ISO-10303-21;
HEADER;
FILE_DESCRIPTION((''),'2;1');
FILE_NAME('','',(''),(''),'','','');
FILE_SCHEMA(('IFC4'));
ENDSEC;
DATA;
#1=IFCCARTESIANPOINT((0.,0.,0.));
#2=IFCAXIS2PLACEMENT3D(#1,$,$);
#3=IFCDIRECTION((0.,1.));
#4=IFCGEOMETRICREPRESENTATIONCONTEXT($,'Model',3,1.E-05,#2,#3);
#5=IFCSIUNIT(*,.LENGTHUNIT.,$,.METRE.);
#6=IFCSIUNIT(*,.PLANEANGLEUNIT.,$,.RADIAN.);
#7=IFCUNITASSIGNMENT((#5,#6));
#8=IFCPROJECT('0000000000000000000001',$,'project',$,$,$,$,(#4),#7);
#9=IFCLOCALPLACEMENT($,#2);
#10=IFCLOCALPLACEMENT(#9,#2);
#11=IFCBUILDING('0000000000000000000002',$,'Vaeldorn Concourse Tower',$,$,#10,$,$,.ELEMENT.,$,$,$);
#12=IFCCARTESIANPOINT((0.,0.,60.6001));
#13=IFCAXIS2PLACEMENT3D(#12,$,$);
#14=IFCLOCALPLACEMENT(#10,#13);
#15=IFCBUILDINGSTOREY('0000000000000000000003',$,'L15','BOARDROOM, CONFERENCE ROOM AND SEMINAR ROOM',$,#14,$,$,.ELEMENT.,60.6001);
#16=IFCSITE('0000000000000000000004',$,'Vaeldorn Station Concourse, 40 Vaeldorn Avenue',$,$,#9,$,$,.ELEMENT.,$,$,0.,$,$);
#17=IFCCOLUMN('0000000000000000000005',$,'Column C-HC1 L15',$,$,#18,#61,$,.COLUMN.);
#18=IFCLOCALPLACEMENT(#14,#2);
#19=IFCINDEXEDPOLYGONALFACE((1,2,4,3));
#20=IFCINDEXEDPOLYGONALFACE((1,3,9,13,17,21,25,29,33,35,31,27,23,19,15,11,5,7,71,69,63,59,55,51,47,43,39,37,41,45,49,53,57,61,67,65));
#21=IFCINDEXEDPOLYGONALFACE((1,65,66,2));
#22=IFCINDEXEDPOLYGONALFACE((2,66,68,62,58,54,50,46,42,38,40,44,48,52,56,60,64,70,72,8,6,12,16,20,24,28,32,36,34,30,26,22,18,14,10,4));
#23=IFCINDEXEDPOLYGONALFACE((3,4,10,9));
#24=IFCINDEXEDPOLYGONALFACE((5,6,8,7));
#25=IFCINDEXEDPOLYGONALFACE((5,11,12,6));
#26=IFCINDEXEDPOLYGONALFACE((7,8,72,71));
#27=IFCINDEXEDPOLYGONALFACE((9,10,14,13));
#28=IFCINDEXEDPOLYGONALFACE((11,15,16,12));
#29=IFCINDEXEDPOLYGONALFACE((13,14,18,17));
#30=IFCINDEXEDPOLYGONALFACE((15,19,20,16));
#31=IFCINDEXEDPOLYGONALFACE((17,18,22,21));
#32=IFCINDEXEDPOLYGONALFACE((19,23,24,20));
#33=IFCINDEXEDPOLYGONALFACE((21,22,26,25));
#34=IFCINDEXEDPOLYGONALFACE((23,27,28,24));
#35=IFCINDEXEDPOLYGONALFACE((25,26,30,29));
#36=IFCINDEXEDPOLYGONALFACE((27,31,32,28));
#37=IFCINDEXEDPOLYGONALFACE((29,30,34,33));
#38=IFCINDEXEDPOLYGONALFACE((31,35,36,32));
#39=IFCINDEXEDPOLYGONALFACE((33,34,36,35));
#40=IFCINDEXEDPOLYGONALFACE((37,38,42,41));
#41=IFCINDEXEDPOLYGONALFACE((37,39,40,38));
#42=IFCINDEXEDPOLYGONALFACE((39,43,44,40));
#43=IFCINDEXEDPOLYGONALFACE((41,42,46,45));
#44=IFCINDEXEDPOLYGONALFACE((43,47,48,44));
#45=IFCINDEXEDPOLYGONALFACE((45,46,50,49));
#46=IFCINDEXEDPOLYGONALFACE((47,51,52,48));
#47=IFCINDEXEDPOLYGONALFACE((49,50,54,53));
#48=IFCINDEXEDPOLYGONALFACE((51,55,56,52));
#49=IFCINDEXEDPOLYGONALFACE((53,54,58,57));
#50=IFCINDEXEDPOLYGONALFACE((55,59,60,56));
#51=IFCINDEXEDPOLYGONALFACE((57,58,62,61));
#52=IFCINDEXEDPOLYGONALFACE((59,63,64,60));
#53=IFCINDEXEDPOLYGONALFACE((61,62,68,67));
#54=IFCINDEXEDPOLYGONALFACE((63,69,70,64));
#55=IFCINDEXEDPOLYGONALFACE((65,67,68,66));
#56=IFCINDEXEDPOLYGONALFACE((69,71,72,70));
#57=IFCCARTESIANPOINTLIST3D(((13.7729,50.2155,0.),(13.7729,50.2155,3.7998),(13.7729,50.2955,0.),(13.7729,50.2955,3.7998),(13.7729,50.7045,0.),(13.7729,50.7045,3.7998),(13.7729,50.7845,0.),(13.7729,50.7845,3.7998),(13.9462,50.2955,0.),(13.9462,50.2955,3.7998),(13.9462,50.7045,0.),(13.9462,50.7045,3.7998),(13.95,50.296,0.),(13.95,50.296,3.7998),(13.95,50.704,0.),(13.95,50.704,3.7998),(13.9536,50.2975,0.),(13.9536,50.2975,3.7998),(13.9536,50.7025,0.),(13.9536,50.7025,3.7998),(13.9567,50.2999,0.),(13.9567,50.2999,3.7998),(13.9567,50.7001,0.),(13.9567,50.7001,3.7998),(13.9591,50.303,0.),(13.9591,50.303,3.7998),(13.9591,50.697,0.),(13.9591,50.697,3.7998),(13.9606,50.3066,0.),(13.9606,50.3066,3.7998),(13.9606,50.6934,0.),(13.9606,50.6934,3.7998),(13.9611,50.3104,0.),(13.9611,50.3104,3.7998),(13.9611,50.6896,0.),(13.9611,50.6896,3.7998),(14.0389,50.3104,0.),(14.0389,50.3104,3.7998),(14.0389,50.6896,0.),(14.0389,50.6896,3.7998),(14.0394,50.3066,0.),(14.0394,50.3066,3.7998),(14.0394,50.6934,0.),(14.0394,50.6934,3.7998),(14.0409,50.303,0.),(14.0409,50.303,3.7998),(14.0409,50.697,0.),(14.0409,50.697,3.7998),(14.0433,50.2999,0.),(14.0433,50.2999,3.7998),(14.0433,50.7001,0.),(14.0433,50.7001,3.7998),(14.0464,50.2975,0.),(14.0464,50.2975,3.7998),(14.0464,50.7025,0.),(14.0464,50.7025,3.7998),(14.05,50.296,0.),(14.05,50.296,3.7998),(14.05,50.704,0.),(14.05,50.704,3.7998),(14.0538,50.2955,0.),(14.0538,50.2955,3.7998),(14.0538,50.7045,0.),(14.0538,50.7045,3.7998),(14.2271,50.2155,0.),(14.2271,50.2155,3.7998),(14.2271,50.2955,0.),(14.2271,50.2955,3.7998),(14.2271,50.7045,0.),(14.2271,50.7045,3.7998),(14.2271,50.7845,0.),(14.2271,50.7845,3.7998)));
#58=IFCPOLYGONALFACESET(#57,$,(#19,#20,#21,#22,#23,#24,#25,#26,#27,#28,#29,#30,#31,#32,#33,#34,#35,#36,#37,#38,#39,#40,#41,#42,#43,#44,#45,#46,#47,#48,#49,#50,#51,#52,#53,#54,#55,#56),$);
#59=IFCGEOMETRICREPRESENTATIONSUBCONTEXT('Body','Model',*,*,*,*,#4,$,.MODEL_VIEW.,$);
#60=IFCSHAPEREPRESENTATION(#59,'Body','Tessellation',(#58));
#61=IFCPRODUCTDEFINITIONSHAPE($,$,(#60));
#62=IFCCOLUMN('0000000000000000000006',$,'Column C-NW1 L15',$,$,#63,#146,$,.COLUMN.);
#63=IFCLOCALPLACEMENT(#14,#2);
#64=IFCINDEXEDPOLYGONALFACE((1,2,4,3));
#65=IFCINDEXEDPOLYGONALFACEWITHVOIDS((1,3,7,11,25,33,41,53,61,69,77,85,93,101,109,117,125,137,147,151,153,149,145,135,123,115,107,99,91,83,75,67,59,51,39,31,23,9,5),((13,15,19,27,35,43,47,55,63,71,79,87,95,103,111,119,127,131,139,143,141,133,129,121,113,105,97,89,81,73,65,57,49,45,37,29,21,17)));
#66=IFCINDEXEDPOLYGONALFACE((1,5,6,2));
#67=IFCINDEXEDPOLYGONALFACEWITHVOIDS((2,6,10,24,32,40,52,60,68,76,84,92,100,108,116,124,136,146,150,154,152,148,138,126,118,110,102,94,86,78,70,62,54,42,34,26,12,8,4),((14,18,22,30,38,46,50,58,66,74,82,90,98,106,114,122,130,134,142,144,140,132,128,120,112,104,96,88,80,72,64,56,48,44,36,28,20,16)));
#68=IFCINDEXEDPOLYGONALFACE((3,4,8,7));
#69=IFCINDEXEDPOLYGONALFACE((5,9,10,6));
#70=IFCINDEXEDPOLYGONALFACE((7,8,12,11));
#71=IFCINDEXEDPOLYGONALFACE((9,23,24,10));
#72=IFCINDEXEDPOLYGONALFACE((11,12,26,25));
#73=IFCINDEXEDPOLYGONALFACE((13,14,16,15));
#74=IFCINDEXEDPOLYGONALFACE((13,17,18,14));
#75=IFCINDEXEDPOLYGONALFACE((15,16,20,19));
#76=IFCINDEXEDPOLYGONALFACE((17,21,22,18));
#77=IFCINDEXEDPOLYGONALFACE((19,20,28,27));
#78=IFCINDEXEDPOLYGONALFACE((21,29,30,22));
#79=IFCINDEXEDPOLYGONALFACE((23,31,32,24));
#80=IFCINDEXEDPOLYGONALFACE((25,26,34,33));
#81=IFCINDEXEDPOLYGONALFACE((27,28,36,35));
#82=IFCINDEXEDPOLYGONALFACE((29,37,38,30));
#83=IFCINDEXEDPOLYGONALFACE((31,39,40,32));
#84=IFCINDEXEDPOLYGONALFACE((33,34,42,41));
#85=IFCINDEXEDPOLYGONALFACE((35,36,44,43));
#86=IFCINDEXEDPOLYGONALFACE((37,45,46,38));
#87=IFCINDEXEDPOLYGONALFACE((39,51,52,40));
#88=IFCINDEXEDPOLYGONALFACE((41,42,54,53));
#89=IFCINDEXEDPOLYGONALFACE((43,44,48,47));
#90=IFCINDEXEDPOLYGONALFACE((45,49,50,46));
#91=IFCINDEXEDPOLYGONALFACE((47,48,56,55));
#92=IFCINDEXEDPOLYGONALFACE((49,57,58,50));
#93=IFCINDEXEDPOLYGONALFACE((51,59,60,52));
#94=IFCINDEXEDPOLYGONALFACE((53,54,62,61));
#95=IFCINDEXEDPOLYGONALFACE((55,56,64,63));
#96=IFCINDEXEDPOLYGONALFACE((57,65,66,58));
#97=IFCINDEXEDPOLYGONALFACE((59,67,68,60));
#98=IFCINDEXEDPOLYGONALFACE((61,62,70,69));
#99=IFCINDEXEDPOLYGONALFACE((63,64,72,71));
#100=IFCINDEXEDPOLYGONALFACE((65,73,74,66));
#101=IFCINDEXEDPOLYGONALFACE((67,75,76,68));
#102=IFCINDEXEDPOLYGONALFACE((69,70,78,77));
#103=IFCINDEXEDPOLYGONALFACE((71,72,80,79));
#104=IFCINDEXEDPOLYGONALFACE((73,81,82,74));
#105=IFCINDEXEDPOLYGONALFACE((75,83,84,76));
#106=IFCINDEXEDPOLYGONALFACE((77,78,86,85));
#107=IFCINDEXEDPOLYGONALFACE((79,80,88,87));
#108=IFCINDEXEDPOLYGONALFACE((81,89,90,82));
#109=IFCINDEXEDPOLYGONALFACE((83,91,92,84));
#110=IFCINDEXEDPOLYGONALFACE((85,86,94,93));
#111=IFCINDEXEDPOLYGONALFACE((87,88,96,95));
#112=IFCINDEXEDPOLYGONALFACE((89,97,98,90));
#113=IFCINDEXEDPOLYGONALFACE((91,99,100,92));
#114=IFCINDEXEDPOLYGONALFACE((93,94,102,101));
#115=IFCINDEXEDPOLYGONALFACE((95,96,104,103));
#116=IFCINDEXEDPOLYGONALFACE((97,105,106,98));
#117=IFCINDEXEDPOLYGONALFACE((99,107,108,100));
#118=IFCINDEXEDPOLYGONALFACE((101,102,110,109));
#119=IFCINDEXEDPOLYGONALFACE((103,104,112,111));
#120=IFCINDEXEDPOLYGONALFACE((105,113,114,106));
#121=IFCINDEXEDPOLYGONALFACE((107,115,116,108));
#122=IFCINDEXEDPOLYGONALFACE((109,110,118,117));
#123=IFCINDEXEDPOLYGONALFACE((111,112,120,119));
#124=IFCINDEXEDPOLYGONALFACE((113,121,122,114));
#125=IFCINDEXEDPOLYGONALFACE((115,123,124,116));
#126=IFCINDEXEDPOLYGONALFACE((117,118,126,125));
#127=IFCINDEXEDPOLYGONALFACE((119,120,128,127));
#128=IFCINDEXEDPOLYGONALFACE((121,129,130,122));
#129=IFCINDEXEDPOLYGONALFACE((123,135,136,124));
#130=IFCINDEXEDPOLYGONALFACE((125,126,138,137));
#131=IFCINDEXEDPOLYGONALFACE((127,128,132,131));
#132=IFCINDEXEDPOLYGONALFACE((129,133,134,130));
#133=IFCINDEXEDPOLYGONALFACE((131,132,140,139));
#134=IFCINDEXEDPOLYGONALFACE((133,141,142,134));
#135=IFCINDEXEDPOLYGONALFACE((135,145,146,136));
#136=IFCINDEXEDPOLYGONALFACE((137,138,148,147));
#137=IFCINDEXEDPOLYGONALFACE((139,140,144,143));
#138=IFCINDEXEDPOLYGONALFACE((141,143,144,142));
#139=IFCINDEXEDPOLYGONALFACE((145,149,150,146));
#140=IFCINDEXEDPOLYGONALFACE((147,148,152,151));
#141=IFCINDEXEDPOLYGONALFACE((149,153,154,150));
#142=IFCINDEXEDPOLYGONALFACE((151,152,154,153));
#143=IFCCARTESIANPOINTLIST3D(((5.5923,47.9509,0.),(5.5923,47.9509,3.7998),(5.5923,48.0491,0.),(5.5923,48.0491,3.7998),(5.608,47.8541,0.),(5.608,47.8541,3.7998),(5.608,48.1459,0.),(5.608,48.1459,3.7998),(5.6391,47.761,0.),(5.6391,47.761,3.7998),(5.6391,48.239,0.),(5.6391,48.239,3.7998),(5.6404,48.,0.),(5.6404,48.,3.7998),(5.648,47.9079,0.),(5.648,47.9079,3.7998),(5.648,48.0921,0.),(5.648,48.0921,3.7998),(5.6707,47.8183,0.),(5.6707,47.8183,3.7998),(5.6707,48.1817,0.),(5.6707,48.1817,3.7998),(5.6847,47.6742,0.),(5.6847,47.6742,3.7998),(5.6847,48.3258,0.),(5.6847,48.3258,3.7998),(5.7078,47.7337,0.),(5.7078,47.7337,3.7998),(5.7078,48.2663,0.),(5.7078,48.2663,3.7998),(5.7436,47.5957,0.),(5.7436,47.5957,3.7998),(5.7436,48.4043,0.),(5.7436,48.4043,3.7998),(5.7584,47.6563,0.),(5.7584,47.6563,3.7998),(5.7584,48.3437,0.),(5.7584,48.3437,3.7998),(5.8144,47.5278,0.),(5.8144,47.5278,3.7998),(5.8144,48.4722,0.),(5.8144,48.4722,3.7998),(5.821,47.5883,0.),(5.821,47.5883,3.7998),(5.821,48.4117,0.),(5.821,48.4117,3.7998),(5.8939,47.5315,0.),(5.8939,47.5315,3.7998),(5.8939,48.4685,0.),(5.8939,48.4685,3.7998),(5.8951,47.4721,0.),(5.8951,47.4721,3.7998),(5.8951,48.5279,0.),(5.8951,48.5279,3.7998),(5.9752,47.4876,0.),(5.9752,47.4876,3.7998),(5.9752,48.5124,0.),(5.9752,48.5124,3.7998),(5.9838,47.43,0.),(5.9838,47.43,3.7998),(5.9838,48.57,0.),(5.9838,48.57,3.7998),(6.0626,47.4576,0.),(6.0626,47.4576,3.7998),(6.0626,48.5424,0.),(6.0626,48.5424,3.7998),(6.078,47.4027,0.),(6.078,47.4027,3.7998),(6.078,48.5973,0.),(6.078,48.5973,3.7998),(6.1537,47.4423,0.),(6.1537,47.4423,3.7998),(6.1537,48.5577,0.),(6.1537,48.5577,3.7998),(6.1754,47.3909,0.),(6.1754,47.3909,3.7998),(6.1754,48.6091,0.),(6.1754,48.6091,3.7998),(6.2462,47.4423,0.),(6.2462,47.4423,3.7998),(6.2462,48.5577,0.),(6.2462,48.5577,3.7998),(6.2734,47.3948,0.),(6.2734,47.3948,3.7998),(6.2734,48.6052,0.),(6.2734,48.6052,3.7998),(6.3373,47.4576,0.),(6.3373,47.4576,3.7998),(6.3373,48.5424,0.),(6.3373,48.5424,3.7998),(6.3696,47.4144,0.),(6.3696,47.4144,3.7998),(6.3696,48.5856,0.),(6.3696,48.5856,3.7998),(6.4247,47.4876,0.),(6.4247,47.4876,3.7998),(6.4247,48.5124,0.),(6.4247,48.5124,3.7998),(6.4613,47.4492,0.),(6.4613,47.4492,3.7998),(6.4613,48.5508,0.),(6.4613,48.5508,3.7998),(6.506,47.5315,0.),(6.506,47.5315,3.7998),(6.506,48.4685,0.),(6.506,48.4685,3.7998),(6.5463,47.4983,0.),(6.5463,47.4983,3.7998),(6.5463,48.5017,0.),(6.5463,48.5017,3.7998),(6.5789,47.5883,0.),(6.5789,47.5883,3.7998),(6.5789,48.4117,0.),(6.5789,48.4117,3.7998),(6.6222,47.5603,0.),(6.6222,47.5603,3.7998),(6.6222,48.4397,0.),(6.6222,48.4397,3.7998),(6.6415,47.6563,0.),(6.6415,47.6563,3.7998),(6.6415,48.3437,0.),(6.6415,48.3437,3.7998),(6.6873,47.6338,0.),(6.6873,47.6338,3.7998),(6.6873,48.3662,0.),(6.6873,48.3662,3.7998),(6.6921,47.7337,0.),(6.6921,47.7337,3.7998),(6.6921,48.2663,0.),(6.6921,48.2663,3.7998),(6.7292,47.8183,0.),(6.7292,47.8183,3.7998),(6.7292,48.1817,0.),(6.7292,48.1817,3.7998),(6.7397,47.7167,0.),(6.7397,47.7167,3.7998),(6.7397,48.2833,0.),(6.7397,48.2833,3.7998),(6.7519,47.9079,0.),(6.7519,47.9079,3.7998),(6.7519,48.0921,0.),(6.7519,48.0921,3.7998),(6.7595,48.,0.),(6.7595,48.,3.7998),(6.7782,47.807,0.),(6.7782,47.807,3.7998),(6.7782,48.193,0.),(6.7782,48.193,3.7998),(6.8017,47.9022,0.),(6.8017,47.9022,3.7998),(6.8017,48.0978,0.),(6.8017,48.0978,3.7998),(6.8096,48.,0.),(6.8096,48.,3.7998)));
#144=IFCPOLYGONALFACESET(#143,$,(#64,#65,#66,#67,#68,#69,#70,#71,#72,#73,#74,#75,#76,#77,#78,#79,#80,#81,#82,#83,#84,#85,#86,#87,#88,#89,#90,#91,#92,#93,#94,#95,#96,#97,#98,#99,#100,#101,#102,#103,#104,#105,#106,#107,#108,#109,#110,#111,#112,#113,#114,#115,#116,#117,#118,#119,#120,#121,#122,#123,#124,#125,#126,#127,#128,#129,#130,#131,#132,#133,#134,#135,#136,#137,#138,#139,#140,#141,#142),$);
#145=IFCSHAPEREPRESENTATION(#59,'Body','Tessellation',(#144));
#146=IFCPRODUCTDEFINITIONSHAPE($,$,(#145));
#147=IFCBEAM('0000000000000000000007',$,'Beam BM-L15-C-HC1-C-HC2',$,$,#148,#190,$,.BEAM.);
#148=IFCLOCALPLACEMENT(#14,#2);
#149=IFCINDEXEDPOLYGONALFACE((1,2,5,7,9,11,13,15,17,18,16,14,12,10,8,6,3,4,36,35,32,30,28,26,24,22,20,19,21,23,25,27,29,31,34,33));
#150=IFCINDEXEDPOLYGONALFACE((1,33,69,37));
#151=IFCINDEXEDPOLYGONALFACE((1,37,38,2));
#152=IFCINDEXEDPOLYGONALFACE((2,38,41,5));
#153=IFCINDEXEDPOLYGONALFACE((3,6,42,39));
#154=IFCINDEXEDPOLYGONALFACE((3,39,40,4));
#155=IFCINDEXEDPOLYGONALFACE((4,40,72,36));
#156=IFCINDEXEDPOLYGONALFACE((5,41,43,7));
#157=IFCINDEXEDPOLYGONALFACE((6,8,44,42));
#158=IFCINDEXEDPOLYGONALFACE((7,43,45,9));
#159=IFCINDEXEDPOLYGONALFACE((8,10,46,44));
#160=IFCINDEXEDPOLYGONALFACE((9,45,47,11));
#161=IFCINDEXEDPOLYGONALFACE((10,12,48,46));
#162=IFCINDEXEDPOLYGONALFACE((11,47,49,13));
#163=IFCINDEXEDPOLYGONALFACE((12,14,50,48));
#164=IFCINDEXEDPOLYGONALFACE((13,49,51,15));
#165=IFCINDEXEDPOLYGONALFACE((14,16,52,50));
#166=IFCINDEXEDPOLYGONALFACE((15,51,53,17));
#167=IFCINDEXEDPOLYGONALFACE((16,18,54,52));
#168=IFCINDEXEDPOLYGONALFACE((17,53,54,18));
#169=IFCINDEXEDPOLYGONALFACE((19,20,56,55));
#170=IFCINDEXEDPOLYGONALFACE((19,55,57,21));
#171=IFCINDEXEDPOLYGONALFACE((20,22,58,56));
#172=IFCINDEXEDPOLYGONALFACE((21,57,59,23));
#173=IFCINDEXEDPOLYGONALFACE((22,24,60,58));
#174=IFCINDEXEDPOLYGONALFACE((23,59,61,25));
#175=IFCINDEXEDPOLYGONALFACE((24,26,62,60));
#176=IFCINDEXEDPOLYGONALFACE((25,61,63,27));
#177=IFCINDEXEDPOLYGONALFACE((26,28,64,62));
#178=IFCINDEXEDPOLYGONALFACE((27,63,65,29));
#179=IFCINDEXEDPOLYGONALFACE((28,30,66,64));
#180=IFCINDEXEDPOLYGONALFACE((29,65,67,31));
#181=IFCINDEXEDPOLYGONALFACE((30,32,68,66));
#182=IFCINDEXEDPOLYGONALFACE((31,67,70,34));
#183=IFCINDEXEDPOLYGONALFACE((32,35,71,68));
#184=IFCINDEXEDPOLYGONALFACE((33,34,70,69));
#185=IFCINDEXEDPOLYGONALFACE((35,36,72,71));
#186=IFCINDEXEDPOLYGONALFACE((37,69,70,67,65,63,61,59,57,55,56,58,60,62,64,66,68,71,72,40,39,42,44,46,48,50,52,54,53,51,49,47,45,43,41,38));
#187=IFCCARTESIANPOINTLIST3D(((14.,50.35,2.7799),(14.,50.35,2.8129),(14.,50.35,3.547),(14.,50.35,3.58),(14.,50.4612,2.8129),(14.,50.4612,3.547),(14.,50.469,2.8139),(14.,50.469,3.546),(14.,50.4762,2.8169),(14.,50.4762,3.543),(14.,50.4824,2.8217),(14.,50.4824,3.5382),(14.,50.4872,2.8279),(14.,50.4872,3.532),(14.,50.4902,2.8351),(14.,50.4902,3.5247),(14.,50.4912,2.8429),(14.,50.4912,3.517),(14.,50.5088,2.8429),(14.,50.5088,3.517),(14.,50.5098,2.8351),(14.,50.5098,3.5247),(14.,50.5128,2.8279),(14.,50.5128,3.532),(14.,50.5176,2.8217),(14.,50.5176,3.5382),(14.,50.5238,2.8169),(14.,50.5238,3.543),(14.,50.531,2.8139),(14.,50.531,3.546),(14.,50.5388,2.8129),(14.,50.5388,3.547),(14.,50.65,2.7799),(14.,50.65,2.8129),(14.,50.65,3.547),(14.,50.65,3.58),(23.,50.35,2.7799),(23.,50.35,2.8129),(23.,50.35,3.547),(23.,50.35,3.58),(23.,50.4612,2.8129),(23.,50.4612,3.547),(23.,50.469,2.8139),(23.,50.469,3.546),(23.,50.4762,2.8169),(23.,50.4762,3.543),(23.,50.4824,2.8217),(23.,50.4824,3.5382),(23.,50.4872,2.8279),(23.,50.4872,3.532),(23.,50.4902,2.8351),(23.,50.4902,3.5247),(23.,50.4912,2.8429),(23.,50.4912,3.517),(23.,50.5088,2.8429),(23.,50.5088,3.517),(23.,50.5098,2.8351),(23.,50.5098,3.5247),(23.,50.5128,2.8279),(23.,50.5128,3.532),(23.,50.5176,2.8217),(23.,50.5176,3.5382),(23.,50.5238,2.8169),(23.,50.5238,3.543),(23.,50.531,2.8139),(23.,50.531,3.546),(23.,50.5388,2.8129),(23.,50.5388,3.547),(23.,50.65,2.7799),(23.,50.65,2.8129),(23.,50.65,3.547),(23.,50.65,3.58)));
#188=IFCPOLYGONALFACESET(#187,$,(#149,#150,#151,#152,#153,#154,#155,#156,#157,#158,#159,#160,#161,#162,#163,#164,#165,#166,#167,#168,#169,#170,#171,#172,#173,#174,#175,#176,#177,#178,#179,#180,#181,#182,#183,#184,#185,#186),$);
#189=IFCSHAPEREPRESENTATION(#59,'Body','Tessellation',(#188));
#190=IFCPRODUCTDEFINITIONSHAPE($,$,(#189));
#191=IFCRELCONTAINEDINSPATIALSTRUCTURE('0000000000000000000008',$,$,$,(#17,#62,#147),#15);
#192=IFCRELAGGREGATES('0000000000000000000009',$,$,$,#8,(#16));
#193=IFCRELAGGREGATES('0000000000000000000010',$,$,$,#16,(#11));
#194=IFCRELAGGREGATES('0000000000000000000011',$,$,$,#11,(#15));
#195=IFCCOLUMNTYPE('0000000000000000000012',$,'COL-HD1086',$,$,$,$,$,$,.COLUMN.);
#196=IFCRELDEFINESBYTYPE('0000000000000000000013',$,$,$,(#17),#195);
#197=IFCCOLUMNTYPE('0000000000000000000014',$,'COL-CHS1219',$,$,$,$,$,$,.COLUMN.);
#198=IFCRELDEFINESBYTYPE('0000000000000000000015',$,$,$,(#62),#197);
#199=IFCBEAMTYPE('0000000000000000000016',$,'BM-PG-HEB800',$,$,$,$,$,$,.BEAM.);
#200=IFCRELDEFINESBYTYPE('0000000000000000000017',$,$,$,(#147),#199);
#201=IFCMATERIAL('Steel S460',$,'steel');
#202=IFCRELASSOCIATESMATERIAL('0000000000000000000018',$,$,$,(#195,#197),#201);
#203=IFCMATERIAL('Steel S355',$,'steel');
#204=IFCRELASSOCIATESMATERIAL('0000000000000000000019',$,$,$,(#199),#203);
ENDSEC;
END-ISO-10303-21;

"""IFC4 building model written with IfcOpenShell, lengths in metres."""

from ifc_helpers import new_model, si_unit, direction, frame, origin, origin_2d, place, context, subcontext, project, spatial, hollow_circle, i_section, extrude, source, transform, mapped, material, material_profile, profile_set, type_object, element, save


model = new_model("IFC4")

# Units and contexts
model_context = context("Model", 3, precision=1e-05, world=origin(), true_north=direction((0.0, 1.0)))
body_context = subcontext(model_context, "Body", "Model", "MODEL_VIEW")
ifc_project = project(units=[si_unit("LENGTHUNIT", "METRE"), si_unit("PLANEANGLEUNIT", "RADIAN")], contexts=[model_context])

# Site, building, storey
site_placement = place(None, origin())
site = spatial("IfcSite", under=ifc_project, at=site_placement, Name="Vaeldorn Station Concourse, 40 Vaeldorn Avenue", CompositionType="ELEMENT", RefElevation=0.0)
building_placement = place(site_placement, origin())
building = spatial("IfcBuilding", under=site, at=building_placement, Name="Vaeldorn Concourse Tower", CompositionType="ELEMENT")
storey_placement = place(building_placement, frame((0.0, 0.0, 60.6001)))
storey = spatial("IfcBuildingStorey", under=building, at=storey_placement, Name="L15", Description="BOARDROOM, CONFERENCE ROOM AND SEMINAR ROOM", CompositionType="ELEMENT", Elevation=60.6001)

# Columns
ifc_material_1 = material(Name="Steel S460", Category="steel")
ifc_material_profile_1 = material_profile(ifc_material_1, i_section(OverallWidth=0.4541, OverallDepth=0.5691, WebThickness=0.0779, FlangeThickness=0.0801, FilletRadius=0.0149, at=origin_2d()), Name="HD 400x1086")
ifc_profile_set_1 = profile_set([ifc_material_profile_1], Name="Steel S460")
column_type_1 = type_object("IfcColumnType", Name="COL-HD1086", PredefinedType="COLUMN", material=ifc_profile_set_1)
shared_shape_1 = source(origin(), body_context, "Body", "SweptSolid", [
    extrude(i_section(OverallWidth=0.4541, OverallDepth=0.5691, WebThickness=0.0779, FlangeThickness=0.0801, FilletRadius=0.0149, at=origin_2d()), origin(), (0.0, 0.0, 1.0), 3.7998),
])
column_1_placement = place(storey_placement, frame((14.0, 50.5, 0.0), z_axis=(0.0, 0.0, 1.0), x_axis=(1.0, 0.0, 0.0)))
element("IfcColumn", 1, at=column_1_placement, inside=storey, type_object=column_type_1, Name="Column C-HC1 L15", PredefinedType="COLUMN", context=body_context, shape_type="MappedRepresentation", body=[
    mapped(shared_shape_1, transform((0.0, 0.0, 0.0), scale=1.0)),
])
ifc_material_profile_2 = material_profile(ifc_material_1, hollow_circle(Radius=0.6096, WallThickness=0.05, at=origin_2d()), Name="CHS 1219x50")
ifc_profile_set_2 = profile_set([ifc_material_profile_2], Name="Steel S460")
column_type_2 = type_object("IfcColumnType", Name="COL-CHS1219", PredefinedType="COLUMN", material=ifc_profile_set_2)
shared_shape_2 = source(origin(), body_context, "Body", "SweptSolid", [
    extrude(hollow_circle(Radius=0.6096, WallThickness=0.05, at=origin_2d()), origin(), (0.0, 0.0, 1.0), 3.7998),
])
column_2_placement = place(storey_placement, frame((6.2, 48.0, 0.0), z_axis=(0.0, 0.0, 1.0), x_axis=(1.0, 0.0, 0.0)))
element("IfcColumn", 2, at=column_2_placement, inside=storey, type_object=column_type_2, Name="Column C-NW1 L15", PredefinedType="COLUMN", context=body_context, shape_type="MappedRepresentation", body=[
    mapped(shared_shape_2, transform((0.0, 0.0, 0.0), scale=1.0)),
])

# Beam
ifc_material_2 = material(Name="Steel S355", Category="steel")
ifc_material_profile_3 = material_profile(ifc_material_2, i_section(OverallWidth=0.3, OverallDepth=0.8, WebThickness=0.0176, FlangeThickness=0.033, FilletRadius=0.03, at=origin_2d()), Name="HEB 800")
ifc_profile_set_3 = profile_set([ifc_material_profile_3], Name="Steel S355")
beam_type_1 = type_object("IfcBeamType", Name="BM-PG-HEB800", PredefinedType="BEAM", material=ifc_profile_set_3)
shared_shape_3 = source(origin(), body_context, "Body", "SweptSolid", [
    extrude(i_section(OverallWidth=0.3, OverallDepth=0.8, WebThickness=0.0176, FlangeThickness=0.033, FilletRadius=0.03, at=origin_2d()), origin(), (0.0, 0.0, 1.0), 9.0),
])
beam_1_placement = place(storey_placement, frame((14.0, 50.5, 3.1799), z_axis=(1.0, 0.0, 0.0), x_axis=(0.0, 1.0, 0.0)))
element("IfcBeam", 3, at=beam_1_placement, inside=storey, type_object=beam_type_1, Name="Beam BM-L15-C-HC1-C-HC2", PredefinedType="BEAM", context=body_context, shape_type="MappedRepresentation", body=[
    mapped(shared_shape_3, transform((0.0, 0.0, 0.0), scale=1.0)),
])

save(model, "model.ifc")
